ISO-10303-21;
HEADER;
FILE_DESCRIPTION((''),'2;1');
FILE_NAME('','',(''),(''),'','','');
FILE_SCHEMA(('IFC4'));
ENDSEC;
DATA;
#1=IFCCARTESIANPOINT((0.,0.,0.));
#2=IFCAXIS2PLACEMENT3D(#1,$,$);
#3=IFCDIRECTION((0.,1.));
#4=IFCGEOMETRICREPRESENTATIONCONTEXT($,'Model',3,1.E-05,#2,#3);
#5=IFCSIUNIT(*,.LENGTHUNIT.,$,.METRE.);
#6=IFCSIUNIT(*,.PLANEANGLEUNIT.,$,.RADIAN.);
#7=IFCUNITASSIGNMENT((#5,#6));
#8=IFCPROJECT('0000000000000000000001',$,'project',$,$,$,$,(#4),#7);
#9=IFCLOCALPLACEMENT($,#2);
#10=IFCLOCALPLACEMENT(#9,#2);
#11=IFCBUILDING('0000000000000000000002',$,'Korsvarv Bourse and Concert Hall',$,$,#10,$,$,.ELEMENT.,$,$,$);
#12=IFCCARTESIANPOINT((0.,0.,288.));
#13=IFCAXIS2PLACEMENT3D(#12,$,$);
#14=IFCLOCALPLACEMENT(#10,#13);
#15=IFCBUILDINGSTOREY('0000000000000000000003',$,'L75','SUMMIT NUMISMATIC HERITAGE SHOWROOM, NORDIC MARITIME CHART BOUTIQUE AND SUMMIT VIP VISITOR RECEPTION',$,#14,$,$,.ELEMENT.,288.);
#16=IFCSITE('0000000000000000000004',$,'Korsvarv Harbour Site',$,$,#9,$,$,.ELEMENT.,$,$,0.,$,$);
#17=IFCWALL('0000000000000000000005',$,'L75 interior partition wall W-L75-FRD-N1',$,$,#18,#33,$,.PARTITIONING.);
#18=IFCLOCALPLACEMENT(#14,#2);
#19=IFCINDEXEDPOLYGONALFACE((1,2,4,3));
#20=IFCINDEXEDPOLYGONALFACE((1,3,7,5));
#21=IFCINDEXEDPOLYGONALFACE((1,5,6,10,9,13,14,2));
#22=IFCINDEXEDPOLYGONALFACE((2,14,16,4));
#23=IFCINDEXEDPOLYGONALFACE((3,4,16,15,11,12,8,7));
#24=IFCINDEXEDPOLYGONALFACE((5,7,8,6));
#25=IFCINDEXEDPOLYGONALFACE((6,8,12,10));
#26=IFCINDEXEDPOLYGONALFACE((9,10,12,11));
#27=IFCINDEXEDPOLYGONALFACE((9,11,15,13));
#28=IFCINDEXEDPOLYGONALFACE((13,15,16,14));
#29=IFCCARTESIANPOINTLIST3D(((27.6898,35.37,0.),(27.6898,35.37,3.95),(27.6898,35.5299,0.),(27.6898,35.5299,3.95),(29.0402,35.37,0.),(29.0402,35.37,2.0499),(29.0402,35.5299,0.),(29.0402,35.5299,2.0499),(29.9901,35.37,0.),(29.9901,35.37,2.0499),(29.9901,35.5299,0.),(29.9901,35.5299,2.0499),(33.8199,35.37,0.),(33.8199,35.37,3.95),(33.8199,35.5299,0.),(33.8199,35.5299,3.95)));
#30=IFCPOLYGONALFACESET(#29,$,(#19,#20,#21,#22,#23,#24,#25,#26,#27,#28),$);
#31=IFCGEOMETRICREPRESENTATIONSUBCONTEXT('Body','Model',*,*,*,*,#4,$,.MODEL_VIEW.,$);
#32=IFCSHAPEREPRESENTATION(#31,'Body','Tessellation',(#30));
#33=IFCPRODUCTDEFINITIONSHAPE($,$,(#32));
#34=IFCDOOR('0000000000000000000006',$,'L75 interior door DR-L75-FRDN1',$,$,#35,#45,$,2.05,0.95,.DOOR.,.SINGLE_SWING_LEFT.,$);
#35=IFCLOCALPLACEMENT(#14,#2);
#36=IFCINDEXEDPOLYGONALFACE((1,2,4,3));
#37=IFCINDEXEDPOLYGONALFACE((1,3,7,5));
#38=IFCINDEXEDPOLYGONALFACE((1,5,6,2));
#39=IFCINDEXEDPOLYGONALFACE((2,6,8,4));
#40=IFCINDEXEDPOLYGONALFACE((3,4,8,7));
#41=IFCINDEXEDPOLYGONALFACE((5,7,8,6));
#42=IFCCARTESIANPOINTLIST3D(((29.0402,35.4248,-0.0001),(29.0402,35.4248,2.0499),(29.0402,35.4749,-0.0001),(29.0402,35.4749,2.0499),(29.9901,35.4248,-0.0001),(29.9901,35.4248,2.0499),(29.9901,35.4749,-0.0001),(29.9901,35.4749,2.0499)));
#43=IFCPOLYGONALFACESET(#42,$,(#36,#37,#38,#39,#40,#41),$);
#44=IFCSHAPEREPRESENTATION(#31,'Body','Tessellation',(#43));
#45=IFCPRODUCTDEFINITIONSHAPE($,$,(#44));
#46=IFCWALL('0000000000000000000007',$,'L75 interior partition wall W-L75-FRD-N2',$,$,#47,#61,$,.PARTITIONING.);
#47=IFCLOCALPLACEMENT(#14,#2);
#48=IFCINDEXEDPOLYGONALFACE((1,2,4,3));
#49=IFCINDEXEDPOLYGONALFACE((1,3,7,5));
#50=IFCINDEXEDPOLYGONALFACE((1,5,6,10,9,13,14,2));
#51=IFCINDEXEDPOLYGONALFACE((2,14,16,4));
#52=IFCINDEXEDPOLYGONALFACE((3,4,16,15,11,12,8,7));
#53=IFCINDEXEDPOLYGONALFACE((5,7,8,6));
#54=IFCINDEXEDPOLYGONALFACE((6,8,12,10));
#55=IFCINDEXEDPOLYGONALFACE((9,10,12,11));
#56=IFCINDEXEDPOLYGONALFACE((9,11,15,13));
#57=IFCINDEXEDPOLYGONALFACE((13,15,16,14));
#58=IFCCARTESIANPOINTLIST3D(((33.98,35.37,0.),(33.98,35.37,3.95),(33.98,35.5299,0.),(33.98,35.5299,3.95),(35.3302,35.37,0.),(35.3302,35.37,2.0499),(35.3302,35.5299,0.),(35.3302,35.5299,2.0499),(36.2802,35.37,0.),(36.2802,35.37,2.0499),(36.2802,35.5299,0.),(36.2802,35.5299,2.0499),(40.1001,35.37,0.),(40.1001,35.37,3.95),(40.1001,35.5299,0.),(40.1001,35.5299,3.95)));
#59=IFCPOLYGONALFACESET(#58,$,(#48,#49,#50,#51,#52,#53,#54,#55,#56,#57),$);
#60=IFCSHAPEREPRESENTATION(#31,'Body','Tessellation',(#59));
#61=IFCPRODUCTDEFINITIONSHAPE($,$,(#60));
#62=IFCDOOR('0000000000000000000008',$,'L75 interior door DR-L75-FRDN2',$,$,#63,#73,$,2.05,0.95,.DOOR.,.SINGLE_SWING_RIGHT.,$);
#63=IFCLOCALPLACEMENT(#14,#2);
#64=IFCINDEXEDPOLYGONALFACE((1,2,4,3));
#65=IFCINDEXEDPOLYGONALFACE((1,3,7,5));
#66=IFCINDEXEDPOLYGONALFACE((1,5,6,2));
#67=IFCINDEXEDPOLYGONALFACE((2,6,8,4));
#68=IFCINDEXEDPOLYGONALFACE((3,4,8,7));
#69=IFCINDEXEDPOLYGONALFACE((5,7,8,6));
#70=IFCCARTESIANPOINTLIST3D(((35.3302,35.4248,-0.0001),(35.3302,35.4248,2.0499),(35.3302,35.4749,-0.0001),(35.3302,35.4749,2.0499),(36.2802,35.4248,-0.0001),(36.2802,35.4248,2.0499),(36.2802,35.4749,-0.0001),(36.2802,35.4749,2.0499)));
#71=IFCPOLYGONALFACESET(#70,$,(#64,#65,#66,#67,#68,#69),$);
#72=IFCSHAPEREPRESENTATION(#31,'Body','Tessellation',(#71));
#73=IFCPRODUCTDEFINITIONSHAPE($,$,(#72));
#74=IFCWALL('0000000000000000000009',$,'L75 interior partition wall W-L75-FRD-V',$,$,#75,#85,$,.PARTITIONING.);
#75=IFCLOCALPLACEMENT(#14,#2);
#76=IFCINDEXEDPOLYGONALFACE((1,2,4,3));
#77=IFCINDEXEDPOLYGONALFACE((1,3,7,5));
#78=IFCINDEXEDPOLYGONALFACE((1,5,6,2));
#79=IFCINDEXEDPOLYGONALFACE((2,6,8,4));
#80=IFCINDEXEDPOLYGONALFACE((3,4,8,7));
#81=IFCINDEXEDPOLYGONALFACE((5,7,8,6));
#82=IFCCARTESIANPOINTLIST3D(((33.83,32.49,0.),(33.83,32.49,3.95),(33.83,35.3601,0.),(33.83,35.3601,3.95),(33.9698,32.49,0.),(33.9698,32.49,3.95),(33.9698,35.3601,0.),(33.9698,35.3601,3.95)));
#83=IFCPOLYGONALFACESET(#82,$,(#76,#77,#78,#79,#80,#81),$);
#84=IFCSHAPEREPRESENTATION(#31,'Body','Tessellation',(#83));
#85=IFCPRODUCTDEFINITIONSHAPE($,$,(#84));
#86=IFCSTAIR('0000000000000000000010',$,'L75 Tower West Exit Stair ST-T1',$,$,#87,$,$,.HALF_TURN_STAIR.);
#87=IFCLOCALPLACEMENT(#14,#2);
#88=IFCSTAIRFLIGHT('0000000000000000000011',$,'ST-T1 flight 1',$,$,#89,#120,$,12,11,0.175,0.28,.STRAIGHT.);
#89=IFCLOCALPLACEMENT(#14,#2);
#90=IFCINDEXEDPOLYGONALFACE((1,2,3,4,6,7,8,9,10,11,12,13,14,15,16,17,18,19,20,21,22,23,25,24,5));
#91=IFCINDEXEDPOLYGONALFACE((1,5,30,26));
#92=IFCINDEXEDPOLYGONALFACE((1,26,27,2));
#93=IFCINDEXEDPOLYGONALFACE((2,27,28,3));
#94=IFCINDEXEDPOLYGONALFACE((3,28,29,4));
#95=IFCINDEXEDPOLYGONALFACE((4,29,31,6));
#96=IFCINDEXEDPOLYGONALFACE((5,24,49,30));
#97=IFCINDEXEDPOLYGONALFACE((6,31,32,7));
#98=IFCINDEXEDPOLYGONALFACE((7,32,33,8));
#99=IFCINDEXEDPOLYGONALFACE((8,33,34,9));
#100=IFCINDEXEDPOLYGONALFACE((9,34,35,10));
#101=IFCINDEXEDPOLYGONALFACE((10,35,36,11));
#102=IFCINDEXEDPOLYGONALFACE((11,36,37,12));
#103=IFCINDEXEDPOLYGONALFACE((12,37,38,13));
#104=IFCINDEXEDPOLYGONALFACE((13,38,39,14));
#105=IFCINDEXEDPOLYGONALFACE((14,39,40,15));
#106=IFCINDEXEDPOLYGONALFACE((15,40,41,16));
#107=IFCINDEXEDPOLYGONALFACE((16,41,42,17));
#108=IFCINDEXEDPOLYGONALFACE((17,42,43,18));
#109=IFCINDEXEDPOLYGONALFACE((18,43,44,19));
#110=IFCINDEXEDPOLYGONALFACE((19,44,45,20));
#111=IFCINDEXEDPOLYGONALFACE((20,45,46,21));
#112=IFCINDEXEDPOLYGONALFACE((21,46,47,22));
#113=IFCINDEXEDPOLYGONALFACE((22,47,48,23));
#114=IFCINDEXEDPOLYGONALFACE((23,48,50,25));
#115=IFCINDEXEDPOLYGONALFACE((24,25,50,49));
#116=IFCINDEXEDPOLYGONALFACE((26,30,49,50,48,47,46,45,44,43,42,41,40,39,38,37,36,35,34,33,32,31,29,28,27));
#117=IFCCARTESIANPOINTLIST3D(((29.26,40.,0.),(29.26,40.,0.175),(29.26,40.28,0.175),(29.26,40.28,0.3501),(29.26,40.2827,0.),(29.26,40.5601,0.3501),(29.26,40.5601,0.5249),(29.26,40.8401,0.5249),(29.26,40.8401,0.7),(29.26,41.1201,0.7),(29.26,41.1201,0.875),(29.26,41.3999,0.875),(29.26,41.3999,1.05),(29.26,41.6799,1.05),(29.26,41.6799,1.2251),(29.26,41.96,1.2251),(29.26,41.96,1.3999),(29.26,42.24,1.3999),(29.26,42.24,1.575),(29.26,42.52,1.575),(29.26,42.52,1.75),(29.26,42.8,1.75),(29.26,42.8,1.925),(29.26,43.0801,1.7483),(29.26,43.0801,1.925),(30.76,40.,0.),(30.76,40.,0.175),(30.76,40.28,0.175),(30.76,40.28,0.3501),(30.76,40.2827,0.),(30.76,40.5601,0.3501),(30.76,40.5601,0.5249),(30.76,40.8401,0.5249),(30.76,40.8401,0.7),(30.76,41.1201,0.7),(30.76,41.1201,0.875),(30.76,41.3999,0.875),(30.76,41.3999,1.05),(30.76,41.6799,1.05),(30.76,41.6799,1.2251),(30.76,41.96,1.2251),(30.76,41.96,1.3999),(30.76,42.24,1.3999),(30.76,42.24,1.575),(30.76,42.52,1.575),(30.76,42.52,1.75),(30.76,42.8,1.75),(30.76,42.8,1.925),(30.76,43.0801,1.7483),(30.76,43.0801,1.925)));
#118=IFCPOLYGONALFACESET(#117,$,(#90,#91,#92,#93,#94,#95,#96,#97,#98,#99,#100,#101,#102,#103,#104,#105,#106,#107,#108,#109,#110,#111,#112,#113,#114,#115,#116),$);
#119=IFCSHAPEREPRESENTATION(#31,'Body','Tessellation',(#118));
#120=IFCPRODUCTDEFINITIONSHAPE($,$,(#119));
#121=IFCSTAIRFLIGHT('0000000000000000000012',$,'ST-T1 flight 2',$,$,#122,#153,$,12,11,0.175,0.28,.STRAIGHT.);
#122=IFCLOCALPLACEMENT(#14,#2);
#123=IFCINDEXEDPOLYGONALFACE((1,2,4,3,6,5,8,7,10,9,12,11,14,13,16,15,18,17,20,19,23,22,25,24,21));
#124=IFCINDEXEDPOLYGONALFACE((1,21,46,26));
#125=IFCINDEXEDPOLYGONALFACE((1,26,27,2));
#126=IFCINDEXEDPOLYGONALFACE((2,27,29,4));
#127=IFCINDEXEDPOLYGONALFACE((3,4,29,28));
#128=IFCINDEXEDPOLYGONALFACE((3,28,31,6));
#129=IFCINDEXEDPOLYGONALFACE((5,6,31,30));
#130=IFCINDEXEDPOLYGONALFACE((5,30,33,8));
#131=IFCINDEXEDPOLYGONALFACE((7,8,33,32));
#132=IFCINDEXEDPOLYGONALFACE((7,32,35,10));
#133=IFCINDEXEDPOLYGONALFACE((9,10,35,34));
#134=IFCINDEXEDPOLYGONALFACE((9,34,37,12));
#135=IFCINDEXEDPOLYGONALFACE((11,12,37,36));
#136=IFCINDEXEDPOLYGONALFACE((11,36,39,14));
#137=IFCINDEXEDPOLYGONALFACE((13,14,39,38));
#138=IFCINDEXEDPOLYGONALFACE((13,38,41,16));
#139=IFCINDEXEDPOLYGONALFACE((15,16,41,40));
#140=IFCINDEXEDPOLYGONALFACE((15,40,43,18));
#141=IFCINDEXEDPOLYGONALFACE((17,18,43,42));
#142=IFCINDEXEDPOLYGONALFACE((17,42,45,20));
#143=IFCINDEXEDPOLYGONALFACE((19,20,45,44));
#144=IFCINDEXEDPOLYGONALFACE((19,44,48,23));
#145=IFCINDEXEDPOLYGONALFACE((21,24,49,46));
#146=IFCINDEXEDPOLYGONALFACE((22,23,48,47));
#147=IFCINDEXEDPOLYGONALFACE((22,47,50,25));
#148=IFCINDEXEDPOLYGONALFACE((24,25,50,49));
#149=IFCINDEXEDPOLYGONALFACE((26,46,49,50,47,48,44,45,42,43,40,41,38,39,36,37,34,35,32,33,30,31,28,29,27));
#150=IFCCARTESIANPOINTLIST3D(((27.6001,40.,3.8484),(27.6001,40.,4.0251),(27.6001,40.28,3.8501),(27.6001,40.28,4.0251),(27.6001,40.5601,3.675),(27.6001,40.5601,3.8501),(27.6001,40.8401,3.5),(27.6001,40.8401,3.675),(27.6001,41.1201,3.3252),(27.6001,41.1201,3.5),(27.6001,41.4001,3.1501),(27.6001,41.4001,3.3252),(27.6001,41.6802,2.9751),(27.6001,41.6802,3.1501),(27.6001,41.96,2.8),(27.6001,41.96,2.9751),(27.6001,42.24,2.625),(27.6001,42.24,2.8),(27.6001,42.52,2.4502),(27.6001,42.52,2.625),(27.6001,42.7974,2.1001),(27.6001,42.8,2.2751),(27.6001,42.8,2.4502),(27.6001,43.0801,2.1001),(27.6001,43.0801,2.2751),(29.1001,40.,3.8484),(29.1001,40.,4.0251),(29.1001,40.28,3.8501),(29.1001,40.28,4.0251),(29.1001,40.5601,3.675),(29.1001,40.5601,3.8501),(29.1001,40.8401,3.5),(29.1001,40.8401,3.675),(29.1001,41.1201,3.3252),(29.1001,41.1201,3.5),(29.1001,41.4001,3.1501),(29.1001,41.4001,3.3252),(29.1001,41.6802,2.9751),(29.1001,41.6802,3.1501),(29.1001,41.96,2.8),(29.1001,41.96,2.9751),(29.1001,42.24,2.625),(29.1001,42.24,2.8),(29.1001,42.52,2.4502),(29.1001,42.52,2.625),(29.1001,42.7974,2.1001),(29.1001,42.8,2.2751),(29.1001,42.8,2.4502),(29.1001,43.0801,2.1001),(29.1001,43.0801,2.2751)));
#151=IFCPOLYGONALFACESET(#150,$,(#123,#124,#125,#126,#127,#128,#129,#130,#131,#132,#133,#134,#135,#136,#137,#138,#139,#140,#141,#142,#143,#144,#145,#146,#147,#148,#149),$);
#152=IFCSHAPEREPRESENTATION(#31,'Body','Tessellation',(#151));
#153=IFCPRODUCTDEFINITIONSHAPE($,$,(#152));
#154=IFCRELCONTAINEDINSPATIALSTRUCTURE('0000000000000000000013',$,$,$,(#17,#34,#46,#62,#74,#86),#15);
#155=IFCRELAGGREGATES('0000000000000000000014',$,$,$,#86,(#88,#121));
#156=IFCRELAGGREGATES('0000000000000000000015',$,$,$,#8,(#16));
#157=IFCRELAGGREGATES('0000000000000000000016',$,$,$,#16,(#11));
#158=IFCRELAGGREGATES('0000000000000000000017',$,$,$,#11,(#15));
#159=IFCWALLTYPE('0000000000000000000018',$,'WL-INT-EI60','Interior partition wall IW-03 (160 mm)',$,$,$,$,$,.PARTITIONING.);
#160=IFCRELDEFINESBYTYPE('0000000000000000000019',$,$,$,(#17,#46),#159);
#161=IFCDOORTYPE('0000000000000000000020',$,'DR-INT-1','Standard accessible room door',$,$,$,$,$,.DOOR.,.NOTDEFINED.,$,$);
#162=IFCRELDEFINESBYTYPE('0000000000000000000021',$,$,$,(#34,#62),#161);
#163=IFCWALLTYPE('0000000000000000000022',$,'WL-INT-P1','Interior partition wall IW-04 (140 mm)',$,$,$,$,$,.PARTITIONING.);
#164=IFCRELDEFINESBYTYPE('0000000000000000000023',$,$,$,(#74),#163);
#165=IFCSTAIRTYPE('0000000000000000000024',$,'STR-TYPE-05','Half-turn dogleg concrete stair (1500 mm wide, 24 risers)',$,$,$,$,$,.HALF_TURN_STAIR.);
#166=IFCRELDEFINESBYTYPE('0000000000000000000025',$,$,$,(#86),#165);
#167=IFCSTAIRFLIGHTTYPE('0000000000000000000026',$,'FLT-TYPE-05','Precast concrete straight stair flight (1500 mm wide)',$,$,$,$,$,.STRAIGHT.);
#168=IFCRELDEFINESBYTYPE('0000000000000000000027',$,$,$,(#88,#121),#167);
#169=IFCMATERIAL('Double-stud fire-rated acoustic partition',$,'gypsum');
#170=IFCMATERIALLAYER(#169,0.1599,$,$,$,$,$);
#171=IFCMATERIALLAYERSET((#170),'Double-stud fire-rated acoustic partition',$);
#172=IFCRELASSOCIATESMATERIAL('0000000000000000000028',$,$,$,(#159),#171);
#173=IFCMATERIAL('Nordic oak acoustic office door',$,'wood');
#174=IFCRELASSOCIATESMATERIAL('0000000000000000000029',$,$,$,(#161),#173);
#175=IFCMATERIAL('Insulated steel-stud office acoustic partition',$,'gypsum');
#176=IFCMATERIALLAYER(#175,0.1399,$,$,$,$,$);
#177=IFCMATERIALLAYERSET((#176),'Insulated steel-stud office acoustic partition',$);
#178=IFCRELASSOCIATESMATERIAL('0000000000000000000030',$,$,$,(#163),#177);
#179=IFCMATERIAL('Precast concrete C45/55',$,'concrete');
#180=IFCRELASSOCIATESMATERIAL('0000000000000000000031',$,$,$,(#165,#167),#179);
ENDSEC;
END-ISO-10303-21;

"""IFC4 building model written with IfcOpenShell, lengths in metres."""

from ifc_helpers import new_model, si_unit, direction, frame, frame_2d, origin, place, context, subcontext, project, spatial, polyline, rectangle, outline, extrude, material, layer, layer_set, type_object, element, fill, aggregate, save


model = new_model("IFC4")

# Units and contexts
model_context = context("Model", 3, precision=1e-05, world=origin(), true_north=direction((0.0, 1.0)))
body_context = subcontext(model_context, "Body", "Model", "MODEL_VIEW")
ifc_project = project(units=[si_unit("LENGTHUNIT", "METRE"), si_unit("PLANEANGLEUNIT", "RADIAN")], contexts=[model_context])

# Site, building, storey
site_placement = place(None, origin())
site = spatial("IfcSite", under=ifc_project, at=site_placement, Name="Korsvarv Harbour Site", CompositionType="ELEMENT", RefElevation=0.0)
building_placement = place(site_placement, origin())
building = spatial("IfcBuilding", under=site, at=building_placement, Name="Korsvarv Bourse and Concert Hall", CompositionType="ELEMENT")
storey_placement = place(building_placement, frame((0.0, 0.0, 288.0)))
storey = spatial("IfcBuildingStorey", under=building, at=storey_placement, Name="L75", Description="SUMMIT NUMISMATIC HERITAGE SHOWROOM, NORDIC MARITIME CHART BOUTIQUE AND SUMMIT VIP VISITOR RECEPTION", CompositionType="ELEMENT", Elevation=288.0)

# Shared definitions
ifc_material_1 = material(Name="Double-stud fire-rated acoustic partition", Category="gypsum")
ifc_layer_1 = layer(ifc_material_1, 0.1599)
ifc_layer_set_1 = layer_set([ifc_layer_1], Name="Double-stud fire-rated acoustic partition")
wall_type_1 = type_object("IfcWallType", Name="WL-INT-EI60", Description="Interior partition wall IW-03 (160 mm)", PredefinedType="PARTITIONING", material=ifc_layer_set_1)

# Walls, openings, doors
wall_1_placement = place(storey_placement, frame((27.6899, 35.45, 0.0), z_axis=(0.0, 0.0, 1.0), x_axis=(1.0, 0.0, 0.0)))
wall_1 = element("IfcWall", 1, at=wall_1_placement, inside=storey, type_object=wall_type_1, Name="L75 interior partition wall W-L75-FRD-N1", PredefinedType="PARTITIONING", context=body_context, shape_type="SweptSolid", body=[
    extrude(rectangle(XDim=6.1301, YDim=0.1599, at=frame_2d((3.0649, 0.0))), origin(), (0.0, 0.0, 1.0), 3.95),
])
opening_1_placement = place(wall_1_placement, frame((1.3501, 0.0, 0.0)))
opening_1 = element("IfcOpeningElement", 2, at=opening_1_placement, cuts=wall_1, PredefinedType="OPENING", context=body_context, shape_type="SweptSolid", body=[
    extrude(rectangle(XDim=0.95, YDim=2.05, at=frame_2d((0.4751, 1.0249))), frame((0.0, 0.0898, 0.0), z_axis=(0.0, -1.0, 0.0), x_axis=(1.0, 0.0, 0.0)), (0.0, 0.0, 1.0), 0.1799),
])
ifc_material_2 = material(Name="Nordic oak acoustic office door", Category="wood")
door_type_1 = type_object("IfcDoorType", Name="DR-INT-1", Description="Standard accessible room door", OperationType="NOTDEFINED", PredefinedType="DOOR", material=ifc_material_2)
door_1_placement = place(opening_1_placement, origin())
door_1 = element("IfcDoor", 3, at=door_1_placement, inside=storey, type_object=door_type_1, Name="L75 interior door DR-L75-FRDN1", OperationType="SINGLE_SWING_LEFT", OverallHeight=2.05, OverallWidth=0.95, PredefinedType="DOOR", context=body_context, shape_type="SweptSolid", body=[
    extrude(rectangle(XDim=0.95, YDim=2.05, at=frame_2d((0.4751, 1.0249))), frame((0.0, 0.0249, 0.0), z_axis=(0.0, -1.0, 0.0), x_axis=(1.0, 0.0, 0.0)), (0.0, 0.0, 1.0), 0.05),
])
fill(opening_1, door_1)
wall_2_placement = place(storey_placement, frame((33.98, 35.45, 0.0), z_axis=(0.0, 0.0, 1.0), x_axis=(1.0, 0.0, 0.0)))
wall_2 = element("IfcWall", 4, at=wall_2_placement, inside=storey, type_object=wall_type_1, Name="L75 interior partition wall W-L75-FRD-N2", PredefinedType="PARTITIONING", context=body_context, shape_type="SweptSolid", body=[
    extrude(rectangle(XDim=6.1201, YDim=0.1599, at=frame_2d((3.0601, 0.0))), origin(), (0.0, 0.0, 1.0), 3.95),
])
opening_2_placement = place(wall_2_placement, frame((1.3501, 0.0, 0.0)))
opening_2 = element("IfcOpeningElement", 5, at=opening_2_placement, cuts=wall_2, PredefinedType="OPENING", context=body_context, shape_type="SweptSolid", body=[
    extrude(rectangle(XDim=0.95, YDim=2.05, at=frame_2d((0.4751, 1.0249))), frame((0.0, 0.0898, 0.0), z_axis=(0.0, -1.0, 0.0), x_axis=(1.0, 0.0, 0.0)), (0.0, 0.0, 1.0), 0.1799),
])
door_2_placement = place(opening_2_placement, origin())
door_2 = element("IfcDoor", 6, at=door_2_placement, inside=storey, type_object=door_type_1, Name="L75 interior door DR-L75-FRDN2", OperationType="SINGLE_SWING_RIGHT", OverallHeight=2.05, OverallWidth=0.95, PredefinedType="DOOR", context=body_context, shape_type="SweptSolid", body=[
    extrude(rectangle(XDim=0.95, YDim=2.05, at=frame_2d((0.4751, 1.0249))), frame((0.0, 0.0249, 0.0), z_axis=(0.0, -1.0, 0.0), x_axis=(1.0, 0.0, 0.0)), (0.0, 0.0, 1.0), 0.05),
])
fill(opening_2, door_2)

# Wall
ifc_material_3 = material(Name="Insulated steel-stud office acoustic partition", Category="gypsum")
ifc_layer_2 = layer(ifc_material_3, 0.1399)
ifc_layer_set_2 = layer_set([ifc_layer_2], Name="Insulated steel-stud office acoustic partition")
wall_type_2 = type_object("IfcWallType", Name="WL-INT-P1", Description="Interior partition wall IW-04 (140 mm)", PredefinedType="PARTITIONING", material=ifc_layer_set_2)
wall_3_placement = place(storey_placement, frame((33.8999, 32.49, 0.0), z_axis=(0.0, 0.0, 1.0), x_axis=(0.0, 1.0, 0.0)))
element("IfcWall", 7, at=wall_3_placement, inside=storey, type_object=wall_type_2, Name="L75 interior partition wall W-L75-FRD-V", PredefinedType="PARTITIONING", context=body_context, shape_type="SweptSolid", body=[
    extrude(rectangle(XDim=2.8701, YDim=0.1399, at=frame_2d((1.4351, 0.0))), origin(), (0.0, 0.0, 1.0), 3.95),
])

# Stair, stair flights
ifc_material_4 = material(Name="Precast concrete C45/55", Category="concrete")
stair_type = type_object("IfcStairType", Name="STR-TYPE-05", Description="Half-turn dogleg concrete stair (1500 mm wide, 24 risers)", PredefinedType="HALF_TURN_STAIR", material=ifc_material_4)
stair_placement = place(storey_placement, origin())
stair = element("IfcStair", 8, at=stair_placement, inside=storey, type_object=stair_type, Name="L75 Tower West Exit Stair ST-T1", PredefinedType="HALF_TURN_STAIR")
stair_flight_type = type_object("IfcStairFlightType", Name="FLT-TYPE-05", Description="Precast concrete straight stair flight (1500 mm wide)", PredefinedType="STRAIGHT", material=ifc_material_4)
stair_flight_1_placement = place(storey_placement, frame((30.01, 40.0, 0.0), z_axis=(0.0, 0.0, 1.0), x_axis=(0.0, 1.0, 0.0)))
stair_flight_1 = element("IfcStairFlight", 9, at=stair_flight_1_placement, type_object=stair_flight_type, Name="ST-T1 flight 1", NumberOfRisers=12, NumberOfTreads=11, PredefinedType="STRAIGHT", RiserHeight=0.175, TreadLength=0.28, context=body_context, shape_type="SweptSolid", body=[
    extrude(outline(polyline([(0.0, 0.0), (0.0, 0.175), (0.28, 0.175), (0.28, 0.3501), (0.5601, 0.3501), (0.5601, 0.5249), (0.8401, 0.5249), (0.8401, 0.7), (1.1201, 0.7), (1.1201, 0.875), (1.3999, 0.875), (1.3999, 1.05), (1.6799, 1.05), (1.6799, 1.2251), (1.96, 1.2251), (1.96, 1.3999), (2.24, 1.3999), (2.24, 1.575), (2.52, 1.575), (2.52, 1.75), (2.8, 1.75), (2.8, 1.925), (3.0801, 1.925), (3.0801, 2.1001), (3.0801, 1.7483), (0.2827, 0.0), (0.0, 0.0)])), frame((0.0, 0.75, 0.0), z_axis=(0.0, -1.0, 0.0), x_axis=(1.0, 0.0, 0.0)), (0.0, 0.0, 1.0), 1.5),
])
stair_flight_2_placement = place(storey_placement, frame((28.3501, 43.0801, 2.1001), z_axis=(0.0, 0.0, 1.0), x_axis=(0.0, -1.0, 0.0)))
stair_flight_2 = element("IfcStairFlight", 10, at=stair_flight_2_placement, type_object=stair_flight_type, Name="ST-T1 flight 2", NumberOfRisers=12, NumberOfTreads=11, PredefinedType="STRAIGHT", RiserHeight=0.175, TreadLength=0.28, context=body_context, shape_type="SweptSolid", body=[
    extrude(outline(polyline([(0.0, 0.0), (0.0, 0.175), (0.28, 0.175), (0.28, 0.3501), (0.5601, 0.3501), (0.5601, 0.5249), (0.8401, 0.5249), (0.8401, 0.7), (1.1201, 0.7), (1.1201, 0.875), (1.3999, 0.875), (1.3999, 1.05), (1.6799, 1.05), (1.6799, 1.2251), (1.96, 1.2251), (1.96, 1.3999), (2.24, 1.3999), (2.24, 1.575), (2.52, 1.575), (2.52, 1.75), (2.8, 1.75), (2.8, 1.925), (3.0801, 1.925), (3.0801, 2.1001), (3.0801, 1.7483), (0.2827, 0.0), (0.0, 0.0)])), frame((0.0, 0.75, 0.0), z_axis=(0.0, -1.0, 0.0), x_axis=(1.0, 0.0, 0.0)), (0.0, 0.0, 1.0), 1.5),
])
aggregate(stair, [stair_flight_1, stair_flight_2])

save(model, "model.ifc")
